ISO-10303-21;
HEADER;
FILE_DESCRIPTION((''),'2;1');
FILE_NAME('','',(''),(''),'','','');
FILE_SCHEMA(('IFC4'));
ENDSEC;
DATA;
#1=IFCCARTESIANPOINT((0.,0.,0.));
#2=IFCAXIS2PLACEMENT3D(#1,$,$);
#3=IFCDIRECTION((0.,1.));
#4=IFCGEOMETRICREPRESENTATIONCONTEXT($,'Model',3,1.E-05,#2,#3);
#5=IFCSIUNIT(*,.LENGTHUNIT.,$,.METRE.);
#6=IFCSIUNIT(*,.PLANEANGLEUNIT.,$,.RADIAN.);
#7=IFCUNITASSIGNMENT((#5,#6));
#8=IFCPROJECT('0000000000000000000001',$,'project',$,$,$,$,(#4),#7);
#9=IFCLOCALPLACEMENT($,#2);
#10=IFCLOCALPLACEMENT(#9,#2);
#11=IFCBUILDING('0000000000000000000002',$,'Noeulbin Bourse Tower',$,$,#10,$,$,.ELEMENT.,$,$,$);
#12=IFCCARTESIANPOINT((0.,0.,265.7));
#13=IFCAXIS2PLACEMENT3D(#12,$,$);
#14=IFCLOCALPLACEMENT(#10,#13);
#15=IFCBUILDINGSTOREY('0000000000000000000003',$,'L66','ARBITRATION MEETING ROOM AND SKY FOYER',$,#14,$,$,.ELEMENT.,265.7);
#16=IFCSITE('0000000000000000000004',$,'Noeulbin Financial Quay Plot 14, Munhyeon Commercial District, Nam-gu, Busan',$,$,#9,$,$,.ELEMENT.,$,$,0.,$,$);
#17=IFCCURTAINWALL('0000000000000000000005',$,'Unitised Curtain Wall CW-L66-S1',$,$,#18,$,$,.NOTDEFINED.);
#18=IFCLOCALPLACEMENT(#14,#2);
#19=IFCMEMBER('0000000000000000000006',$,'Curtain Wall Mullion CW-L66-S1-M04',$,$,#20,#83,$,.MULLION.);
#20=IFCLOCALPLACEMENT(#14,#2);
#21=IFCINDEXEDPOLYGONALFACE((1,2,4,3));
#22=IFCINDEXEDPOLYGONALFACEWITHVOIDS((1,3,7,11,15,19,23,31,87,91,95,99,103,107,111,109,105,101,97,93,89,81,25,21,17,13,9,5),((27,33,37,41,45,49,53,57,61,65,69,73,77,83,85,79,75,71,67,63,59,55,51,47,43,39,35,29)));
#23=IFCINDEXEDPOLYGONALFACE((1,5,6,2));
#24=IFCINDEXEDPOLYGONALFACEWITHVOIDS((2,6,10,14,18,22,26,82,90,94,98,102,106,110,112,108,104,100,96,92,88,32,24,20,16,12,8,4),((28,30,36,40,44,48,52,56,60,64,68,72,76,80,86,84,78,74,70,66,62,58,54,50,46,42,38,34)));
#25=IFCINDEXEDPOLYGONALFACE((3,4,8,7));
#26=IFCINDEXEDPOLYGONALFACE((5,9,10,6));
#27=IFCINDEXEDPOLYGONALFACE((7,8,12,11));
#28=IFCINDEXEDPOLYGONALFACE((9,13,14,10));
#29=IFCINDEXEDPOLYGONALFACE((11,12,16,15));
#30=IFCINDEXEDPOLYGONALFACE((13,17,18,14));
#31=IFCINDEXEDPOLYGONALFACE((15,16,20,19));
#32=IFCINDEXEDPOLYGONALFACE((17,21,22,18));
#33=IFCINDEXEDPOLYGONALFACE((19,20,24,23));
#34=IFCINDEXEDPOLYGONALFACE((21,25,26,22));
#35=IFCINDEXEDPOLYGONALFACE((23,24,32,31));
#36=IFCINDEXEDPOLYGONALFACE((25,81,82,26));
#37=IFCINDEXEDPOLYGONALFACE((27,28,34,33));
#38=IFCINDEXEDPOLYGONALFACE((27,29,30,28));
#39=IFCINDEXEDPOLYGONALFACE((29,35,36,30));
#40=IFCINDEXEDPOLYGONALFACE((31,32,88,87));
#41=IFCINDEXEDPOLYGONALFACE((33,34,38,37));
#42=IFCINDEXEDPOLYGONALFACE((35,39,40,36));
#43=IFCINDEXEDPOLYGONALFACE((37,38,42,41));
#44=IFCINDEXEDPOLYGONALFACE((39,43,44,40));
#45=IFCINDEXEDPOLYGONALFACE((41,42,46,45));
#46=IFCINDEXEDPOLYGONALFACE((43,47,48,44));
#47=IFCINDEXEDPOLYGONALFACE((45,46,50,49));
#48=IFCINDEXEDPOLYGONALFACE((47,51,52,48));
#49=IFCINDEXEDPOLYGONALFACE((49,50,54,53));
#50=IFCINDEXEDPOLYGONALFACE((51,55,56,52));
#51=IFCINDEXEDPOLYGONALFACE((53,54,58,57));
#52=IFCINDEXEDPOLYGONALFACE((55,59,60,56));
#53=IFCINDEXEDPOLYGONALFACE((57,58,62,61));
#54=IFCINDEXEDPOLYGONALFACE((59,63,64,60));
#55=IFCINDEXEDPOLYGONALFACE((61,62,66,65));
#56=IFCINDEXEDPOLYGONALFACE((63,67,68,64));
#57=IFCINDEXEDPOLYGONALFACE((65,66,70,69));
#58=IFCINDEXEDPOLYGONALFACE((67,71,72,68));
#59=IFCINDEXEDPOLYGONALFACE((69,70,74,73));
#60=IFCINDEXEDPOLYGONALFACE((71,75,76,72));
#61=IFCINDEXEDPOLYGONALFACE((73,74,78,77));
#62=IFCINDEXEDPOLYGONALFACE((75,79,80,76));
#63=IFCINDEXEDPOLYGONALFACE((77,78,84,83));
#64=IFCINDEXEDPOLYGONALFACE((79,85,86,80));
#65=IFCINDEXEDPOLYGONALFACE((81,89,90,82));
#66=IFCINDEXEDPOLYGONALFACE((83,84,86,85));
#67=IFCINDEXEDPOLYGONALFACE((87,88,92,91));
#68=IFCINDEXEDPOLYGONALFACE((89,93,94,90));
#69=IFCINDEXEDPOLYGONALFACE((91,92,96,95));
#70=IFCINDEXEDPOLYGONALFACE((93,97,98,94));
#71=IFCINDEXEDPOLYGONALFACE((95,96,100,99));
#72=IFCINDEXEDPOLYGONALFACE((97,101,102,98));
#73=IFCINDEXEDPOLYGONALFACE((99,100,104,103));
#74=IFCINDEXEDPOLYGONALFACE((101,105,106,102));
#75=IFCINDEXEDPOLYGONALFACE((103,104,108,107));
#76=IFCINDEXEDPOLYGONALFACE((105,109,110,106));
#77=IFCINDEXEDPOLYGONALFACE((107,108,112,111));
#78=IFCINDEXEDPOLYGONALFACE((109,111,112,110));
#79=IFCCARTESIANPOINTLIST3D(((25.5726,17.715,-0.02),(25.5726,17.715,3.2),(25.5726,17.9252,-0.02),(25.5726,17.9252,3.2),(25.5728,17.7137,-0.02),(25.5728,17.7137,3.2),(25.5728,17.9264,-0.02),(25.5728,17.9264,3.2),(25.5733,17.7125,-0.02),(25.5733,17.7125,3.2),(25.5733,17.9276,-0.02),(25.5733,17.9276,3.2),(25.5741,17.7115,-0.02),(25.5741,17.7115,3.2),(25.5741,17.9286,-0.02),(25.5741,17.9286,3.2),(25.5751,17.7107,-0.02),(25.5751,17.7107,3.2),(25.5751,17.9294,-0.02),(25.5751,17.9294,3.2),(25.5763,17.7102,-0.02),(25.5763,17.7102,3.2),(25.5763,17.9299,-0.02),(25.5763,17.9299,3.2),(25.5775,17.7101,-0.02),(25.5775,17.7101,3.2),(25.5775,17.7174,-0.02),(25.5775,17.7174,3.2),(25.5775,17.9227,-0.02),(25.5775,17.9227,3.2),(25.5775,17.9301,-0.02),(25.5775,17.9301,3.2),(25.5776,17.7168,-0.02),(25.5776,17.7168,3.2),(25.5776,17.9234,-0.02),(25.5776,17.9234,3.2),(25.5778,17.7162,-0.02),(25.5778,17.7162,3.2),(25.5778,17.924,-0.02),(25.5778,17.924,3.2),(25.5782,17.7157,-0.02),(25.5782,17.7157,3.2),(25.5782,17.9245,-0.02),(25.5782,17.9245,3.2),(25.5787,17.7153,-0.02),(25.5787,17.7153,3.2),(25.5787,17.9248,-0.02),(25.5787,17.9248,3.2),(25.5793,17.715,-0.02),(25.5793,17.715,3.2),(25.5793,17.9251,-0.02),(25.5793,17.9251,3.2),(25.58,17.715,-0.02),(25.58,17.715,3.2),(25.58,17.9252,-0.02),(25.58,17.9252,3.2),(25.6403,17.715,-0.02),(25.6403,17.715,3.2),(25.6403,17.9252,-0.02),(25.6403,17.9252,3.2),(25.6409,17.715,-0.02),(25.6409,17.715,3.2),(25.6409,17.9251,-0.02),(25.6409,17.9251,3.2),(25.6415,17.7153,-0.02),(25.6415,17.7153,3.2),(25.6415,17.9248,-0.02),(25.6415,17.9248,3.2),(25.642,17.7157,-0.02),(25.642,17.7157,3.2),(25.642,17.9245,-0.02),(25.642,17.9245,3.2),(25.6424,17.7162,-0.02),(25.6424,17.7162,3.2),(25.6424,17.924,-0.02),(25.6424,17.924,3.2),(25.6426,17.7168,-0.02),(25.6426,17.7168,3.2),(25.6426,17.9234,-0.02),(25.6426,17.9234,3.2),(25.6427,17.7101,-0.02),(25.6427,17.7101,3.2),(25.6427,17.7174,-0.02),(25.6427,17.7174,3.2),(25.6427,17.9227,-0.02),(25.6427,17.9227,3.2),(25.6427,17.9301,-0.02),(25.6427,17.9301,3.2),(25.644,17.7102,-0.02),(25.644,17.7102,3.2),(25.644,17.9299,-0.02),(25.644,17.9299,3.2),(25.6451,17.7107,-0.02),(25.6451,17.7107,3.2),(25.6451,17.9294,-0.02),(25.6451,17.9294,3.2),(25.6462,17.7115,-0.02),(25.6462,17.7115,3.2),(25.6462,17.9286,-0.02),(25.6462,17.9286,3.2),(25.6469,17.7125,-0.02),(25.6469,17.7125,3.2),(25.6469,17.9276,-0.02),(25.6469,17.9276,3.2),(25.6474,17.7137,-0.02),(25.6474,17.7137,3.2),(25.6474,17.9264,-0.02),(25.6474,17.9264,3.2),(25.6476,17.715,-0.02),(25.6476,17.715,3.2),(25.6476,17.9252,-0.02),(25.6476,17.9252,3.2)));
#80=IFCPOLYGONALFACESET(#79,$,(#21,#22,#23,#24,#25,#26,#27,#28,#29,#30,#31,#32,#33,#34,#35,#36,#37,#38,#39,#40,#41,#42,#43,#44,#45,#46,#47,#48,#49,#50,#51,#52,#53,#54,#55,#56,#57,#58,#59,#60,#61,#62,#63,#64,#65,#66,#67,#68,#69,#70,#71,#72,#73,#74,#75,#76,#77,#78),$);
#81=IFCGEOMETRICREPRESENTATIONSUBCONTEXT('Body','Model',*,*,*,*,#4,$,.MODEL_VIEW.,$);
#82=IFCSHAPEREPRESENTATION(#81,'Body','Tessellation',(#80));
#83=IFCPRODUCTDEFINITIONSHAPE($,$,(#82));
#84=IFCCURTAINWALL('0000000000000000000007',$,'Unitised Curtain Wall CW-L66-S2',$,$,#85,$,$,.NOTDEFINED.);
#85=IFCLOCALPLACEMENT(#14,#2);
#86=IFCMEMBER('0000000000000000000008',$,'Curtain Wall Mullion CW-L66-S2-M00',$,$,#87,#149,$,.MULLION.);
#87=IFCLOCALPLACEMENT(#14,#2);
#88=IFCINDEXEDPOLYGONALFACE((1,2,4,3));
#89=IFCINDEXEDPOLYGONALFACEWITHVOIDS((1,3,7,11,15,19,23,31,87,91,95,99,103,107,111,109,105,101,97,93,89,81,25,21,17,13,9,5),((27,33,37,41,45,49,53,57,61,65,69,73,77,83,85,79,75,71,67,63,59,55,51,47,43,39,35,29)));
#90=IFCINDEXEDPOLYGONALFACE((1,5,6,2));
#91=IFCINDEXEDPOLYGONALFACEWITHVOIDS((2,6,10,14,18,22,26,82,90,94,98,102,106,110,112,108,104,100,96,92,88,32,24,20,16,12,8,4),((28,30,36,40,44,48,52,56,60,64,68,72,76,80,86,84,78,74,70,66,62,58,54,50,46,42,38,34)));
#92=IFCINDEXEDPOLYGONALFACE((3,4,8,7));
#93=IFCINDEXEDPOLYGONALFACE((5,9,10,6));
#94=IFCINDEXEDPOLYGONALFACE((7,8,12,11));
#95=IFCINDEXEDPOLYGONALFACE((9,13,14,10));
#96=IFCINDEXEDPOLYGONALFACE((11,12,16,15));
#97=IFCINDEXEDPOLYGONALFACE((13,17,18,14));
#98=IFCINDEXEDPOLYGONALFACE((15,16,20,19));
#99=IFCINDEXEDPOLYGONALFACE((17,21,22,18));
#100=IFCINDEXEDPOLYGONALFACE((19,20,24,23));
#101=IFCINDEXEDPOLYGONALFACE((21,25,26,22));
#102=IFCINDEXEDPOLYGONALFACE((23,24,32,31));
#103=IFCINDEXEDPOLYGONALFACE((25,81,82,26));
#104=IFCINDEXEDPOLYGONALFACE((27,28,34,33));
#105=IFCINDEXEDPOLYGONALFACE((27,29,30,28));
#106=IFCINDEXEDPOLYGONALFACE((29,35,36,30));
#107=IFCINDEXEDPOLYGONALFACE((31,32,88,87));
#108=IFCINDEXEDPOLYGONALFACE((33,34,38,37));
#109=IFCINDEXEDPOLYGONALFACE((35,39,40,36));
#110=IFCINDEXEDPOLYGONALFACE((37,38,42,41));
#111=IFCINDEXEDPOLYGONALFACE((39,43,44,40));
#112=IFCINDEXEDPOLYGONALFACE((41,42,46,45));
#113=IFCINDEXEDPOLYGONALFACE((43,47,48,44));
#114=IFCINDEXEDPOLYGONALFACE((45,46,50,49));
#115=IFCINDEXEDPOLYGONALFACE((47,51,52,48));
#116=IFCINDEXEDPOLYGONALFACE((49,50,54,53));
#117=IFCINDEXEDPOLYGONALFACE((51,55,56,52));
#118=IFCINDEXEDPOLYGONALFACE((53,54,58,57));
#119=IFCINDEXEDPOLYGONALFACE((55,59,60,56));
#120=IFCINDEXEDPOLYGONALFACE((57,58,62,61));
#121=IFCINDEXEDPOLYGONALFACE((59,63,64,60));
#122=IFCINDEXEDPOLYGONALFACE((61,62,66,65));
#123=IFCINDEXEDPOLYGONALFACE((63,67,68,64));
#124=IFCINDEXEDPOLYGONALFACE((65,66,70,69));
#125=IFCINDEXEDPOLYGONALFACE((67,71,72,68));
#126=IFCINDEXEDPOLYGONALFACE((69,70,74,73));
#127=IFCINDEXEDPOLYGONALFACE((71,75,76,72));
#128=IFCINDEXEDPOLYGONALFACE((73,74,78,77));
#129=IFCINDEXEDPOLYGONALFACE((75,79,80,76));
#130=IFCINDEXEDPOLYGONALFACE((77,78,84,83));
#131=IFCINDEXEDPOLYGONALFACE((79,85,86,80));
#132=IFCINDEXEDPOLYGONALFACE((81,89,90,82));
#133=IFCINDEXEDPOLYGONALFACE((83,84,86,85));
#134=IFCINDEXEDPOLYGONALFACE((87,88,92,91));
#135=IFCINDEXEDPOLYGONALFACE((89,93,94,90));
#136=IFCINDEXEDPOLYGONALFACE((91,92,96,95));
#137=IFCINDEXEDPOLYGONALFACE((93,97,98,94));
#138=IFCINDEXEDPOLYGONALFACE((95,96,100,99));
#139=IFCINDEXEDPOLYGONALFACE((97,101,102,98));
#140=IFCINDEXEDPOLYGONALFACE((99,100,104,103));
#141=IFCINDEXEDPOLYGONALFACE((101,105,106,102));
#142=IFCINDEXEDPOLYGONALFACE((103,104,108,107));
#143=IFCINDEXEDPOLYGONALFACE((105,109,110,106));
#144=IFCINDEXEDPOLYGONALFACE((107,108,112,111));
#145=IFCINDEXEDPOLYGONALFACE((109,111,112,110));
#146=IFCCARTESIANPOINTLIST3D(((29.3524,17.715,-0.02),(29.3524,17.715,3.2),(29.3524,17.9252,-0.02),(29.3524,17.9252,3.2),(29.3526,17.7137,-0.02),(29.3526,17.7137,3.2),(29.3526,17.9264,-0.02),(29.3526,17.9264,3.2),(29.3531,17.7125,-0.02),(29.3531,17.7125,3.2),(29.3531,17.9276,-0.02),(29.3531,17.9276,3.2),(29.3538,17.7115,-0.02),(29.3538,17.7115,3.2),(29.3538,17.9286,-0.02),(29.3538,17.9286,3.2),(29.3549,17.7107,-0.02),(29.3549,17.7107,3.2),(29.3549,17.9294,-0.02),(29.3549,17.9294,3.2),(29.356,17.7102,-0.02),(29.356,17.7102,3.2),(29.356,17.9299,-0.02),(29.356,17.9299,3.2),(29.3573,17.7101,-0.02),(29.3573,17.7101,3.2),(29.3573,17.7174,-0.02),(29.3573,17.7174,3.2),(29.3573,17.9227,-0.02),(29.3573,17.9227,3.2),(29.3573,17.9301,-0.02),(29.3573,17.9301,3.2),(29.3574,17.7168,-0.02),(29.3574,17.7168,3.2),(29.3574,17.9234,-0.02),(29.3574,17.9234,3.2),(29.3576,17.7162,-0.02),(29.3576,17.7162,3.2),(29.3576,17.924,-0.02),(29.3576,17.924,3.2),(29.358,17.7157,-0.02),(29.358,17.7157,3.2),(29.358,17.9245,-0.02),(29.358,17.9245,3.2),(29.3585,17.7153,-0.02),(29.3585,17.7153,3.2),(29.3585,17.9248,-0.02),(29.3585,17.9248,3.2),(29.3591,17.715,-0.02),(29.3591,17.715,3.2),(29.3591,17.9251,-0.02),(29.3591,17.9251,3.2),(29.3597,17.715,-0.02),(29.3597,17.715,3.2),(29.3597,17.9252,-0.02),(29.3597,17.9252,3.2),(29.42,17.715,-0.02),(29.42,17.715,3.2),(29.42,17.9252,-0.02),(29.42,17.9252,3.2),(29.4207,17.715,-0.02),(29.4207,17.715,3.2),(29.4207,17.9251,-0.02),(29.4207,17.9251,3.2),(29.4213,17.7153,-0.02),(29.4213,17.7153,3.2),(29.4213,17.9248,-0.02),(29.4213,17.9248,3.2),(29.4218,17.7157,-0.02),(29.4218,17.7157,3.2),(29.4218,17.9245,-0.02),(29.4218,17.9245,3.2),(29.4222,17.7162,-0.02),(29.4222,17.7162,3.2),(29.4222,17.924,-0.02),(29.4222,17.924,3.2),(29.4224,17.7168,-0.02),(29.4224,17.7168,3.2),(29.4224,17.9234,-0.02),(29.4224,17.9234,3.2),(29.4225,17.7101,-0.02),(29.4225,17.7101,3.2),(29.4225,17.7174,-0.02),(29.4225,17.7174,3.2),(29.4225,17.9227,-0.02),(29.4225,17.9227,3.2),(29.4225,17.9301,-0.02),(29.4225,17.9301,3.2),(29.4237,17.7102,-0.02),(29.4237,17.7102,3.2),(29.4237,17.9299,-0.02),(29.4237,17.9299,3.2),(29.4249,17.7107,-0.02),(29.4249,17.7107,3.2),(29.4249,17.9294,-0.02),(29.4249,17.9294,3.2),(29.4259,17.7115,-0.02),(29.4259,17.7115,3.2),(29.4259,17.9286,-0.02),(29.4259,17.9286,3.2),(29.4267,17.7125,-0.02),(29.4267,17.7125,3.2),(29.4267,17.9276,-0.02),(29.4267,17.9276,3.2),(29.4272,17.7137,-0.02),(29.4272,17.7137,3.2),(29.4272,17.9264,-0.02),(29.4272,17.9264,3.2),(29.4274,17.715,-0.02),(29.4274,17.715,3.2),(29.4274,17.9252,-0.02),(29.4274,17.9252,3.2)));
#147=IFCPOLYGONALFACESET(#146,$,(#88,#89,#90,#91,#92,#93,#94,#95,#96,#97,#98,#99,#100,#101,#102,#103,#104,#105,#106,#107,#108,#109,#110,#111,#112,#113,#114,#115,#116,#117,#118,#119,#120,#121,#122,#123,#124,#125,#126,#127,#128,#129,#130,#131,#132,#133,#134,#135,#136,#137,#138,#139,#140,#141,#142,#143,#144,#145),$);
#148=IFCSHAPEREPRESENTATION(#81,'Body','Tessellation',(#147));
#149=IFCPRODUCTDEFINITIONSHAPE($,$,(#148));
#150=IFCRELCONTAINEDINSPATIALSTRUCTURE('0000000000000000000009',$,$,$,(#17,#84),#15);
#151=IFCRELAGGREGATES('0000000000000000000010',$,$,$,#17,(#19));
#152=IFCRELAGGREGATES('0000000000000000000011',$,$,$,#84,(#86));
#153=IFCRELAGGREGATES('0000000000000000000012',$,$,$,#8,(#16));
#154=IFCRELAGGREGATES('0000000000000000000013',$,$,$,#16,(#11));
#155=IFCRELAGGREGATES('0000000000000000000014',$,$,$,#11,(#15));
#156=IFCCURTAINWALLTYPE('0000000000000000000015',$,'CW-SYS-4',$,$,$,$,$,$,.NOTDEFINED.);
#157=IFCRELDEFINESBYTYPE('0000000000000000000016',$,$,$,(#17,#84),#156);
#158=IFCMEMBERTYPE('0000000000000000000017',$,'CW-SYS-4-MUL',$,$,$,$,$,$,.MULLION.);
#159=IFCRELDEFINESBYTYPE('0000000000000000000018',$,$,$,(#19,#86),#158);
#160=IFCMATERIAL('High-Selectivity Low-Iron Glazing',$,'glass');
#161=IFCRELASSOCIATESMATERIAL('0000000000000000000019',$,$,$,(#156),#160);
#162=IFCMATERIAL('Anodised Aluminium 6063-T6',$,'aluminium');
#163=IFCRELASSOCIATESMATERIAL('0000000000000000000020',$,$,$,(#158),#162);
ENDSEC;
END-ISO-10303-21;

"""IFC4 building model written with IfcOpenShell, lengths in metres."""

from ifc_helpers import new_model, si_unit, direction, frame, origin, origin_2d, place, context, subcontext, project, spatial, hollow_rectangle, extrude, material, material_profile, profile_set, type_object, element, aggregate, save


model = new_model("IFC4")

# Units and contexts
model_context = context("Model", 3, precision=1e-05, world=origin(), true_north=direction((0.0, 1.0)))
body_context = subcontext(model_context, "Body", "Model", "MODEL_VIEW")
ifc_project = project(units=[si_unit("LENGTHUNIT", "METRE"), si_unit("PLANEANGLEUNIT", "RADIAN")], contexts=[model_context])

# Site, building, storey
site_placement = place(None, origin())
site = spatial("IfcSite", under=ifc_project, at=site_placement, Name="Noeulbin Financial Quay Plot 14, Munhyeon Commercial District, Nam-gu, Busan", CompositionType="ELEMENT", RefElevation=0.0)
building_placement = place(site_placement, origin())
building = spatial("IfcBuilding", under=site, at=building_placement, Name="Noeulbin Bourse Tower", CompositionType="ELEMENT")
storey_placement = place(building_placement, frame((0.0, 0.0, 265.7)))
storey = spatial("IfcBuildingStorey", under=building, at=storey_placement, Name="L66", Description="ARBITRATION MEETING ROOM AND SKY FOYER", CompositionType="ELEMENT", Elevation=265.7)

# Shared definitions
ifc_material_1 = material(Name="High-Selectivity Low-Iron Glazing", Category="glass")
curtain_wall_type = type_object("IfcCurtainWallType", Name="CW-SYS-4", PredefinedType="NOTDEFINED", material=ifc_material_1)
ifc_material_2 = material(Name="Anodised Aluminium 6063-T6", Category="aluminium")
ifc_material_profile_1 = material_profile(ifc_material_2, hollow_rectangle(XDim=0.075, YDim=0.22, WallThickness=0.0049, InnerFilletRadius=0.0024, OuterFilletRadius=0.0049, at=origin_2d()), Name="ALU-MULL-75x220x5", Category="LoadBearing")
ifc_profile_set_1 = profile_set([ifc_material_profile_1], Name="Anodised Aluminium 6063-T6")
member_type_1 = type_object("IfcMemberType", Name="CW-SYS-4-MUL", PredefinedType="MULLION", material=ifc_profile_set_1)

# Curtain wall, member
curtain_wall_1_placement = place(storey_placement, origin())
curtain_wall_1 = element("IfcCurtainWall", 1, at=curtain_wall_1_placement, inside=storey, type_object=curtain_wall_type, Name="Unitised Curtain Wall CW-L66-S1", PredefinedType="NOTDEFINED")
member_1_placement = place(storey_placement, frame((25.6101, 17.8201, -0.02), z_axis=(0.0, 0.0, 1.0), x_axis=(1.0, 0.0, 0.0)))
member_1 = element("IfcMember", 2, at=member_1_placement, type_object=member_type_1, Name="Curtain Wall Mullion CW-L66-S1-M04", PredefinedType="MULLION", context=body_context, shape_type="SweptSolid", body=[
    extrude(hollow_rectangle(XDim=0.075, YDim=0.22, WallThickness=0.0049, InnerFilletRadius=0.0024, OuterFilletRadius=0.0049, at=origin_2d()), origin(), (0.0, 0.0, 1.0), 3.22),
])
aggregate(curtain_wall_1, [member_1])

# Curtain wall, member
curtain_wall_2_placement = place(storey_placement, origin())
curtain_wall_2 = element("IfcCurtainWall", 3, at=curtain_wall_2_placement, inside=storey, type_object=curtain_wall_type, Name="Unitised Curtain Wall CW-L66-S2", PredefinedType="NOTDEFINED")
member_2_placement = place(storey_placement, frame((29.3899, 17.8201, -0.02), z_axis=(0.0, 0.0, 1.0), x_axis=(1.0, 0.0, 0.0)))
member_2 = element("IfcMember", 4, at=member_2_placement, type_object=member_type_1, Name="Curtain Wall Mullion CW-L66-S2-M00", PredefinedType="MULLION", context=body_context, shape_type="SweptSolid", body=[
    extrude(hollow_rectangle(XDim=0.075, YDim=0.22, WallThickness=0.0049, InnerFilletRadius=0.0024, OuterFilletRadius=0.0049, at=origin_2d()), origin(), (0.0, 0.0, 1.0), 3.22),
])

aggregate(curtain_wall_2, [member_2])

save(model, "model.ifc")
